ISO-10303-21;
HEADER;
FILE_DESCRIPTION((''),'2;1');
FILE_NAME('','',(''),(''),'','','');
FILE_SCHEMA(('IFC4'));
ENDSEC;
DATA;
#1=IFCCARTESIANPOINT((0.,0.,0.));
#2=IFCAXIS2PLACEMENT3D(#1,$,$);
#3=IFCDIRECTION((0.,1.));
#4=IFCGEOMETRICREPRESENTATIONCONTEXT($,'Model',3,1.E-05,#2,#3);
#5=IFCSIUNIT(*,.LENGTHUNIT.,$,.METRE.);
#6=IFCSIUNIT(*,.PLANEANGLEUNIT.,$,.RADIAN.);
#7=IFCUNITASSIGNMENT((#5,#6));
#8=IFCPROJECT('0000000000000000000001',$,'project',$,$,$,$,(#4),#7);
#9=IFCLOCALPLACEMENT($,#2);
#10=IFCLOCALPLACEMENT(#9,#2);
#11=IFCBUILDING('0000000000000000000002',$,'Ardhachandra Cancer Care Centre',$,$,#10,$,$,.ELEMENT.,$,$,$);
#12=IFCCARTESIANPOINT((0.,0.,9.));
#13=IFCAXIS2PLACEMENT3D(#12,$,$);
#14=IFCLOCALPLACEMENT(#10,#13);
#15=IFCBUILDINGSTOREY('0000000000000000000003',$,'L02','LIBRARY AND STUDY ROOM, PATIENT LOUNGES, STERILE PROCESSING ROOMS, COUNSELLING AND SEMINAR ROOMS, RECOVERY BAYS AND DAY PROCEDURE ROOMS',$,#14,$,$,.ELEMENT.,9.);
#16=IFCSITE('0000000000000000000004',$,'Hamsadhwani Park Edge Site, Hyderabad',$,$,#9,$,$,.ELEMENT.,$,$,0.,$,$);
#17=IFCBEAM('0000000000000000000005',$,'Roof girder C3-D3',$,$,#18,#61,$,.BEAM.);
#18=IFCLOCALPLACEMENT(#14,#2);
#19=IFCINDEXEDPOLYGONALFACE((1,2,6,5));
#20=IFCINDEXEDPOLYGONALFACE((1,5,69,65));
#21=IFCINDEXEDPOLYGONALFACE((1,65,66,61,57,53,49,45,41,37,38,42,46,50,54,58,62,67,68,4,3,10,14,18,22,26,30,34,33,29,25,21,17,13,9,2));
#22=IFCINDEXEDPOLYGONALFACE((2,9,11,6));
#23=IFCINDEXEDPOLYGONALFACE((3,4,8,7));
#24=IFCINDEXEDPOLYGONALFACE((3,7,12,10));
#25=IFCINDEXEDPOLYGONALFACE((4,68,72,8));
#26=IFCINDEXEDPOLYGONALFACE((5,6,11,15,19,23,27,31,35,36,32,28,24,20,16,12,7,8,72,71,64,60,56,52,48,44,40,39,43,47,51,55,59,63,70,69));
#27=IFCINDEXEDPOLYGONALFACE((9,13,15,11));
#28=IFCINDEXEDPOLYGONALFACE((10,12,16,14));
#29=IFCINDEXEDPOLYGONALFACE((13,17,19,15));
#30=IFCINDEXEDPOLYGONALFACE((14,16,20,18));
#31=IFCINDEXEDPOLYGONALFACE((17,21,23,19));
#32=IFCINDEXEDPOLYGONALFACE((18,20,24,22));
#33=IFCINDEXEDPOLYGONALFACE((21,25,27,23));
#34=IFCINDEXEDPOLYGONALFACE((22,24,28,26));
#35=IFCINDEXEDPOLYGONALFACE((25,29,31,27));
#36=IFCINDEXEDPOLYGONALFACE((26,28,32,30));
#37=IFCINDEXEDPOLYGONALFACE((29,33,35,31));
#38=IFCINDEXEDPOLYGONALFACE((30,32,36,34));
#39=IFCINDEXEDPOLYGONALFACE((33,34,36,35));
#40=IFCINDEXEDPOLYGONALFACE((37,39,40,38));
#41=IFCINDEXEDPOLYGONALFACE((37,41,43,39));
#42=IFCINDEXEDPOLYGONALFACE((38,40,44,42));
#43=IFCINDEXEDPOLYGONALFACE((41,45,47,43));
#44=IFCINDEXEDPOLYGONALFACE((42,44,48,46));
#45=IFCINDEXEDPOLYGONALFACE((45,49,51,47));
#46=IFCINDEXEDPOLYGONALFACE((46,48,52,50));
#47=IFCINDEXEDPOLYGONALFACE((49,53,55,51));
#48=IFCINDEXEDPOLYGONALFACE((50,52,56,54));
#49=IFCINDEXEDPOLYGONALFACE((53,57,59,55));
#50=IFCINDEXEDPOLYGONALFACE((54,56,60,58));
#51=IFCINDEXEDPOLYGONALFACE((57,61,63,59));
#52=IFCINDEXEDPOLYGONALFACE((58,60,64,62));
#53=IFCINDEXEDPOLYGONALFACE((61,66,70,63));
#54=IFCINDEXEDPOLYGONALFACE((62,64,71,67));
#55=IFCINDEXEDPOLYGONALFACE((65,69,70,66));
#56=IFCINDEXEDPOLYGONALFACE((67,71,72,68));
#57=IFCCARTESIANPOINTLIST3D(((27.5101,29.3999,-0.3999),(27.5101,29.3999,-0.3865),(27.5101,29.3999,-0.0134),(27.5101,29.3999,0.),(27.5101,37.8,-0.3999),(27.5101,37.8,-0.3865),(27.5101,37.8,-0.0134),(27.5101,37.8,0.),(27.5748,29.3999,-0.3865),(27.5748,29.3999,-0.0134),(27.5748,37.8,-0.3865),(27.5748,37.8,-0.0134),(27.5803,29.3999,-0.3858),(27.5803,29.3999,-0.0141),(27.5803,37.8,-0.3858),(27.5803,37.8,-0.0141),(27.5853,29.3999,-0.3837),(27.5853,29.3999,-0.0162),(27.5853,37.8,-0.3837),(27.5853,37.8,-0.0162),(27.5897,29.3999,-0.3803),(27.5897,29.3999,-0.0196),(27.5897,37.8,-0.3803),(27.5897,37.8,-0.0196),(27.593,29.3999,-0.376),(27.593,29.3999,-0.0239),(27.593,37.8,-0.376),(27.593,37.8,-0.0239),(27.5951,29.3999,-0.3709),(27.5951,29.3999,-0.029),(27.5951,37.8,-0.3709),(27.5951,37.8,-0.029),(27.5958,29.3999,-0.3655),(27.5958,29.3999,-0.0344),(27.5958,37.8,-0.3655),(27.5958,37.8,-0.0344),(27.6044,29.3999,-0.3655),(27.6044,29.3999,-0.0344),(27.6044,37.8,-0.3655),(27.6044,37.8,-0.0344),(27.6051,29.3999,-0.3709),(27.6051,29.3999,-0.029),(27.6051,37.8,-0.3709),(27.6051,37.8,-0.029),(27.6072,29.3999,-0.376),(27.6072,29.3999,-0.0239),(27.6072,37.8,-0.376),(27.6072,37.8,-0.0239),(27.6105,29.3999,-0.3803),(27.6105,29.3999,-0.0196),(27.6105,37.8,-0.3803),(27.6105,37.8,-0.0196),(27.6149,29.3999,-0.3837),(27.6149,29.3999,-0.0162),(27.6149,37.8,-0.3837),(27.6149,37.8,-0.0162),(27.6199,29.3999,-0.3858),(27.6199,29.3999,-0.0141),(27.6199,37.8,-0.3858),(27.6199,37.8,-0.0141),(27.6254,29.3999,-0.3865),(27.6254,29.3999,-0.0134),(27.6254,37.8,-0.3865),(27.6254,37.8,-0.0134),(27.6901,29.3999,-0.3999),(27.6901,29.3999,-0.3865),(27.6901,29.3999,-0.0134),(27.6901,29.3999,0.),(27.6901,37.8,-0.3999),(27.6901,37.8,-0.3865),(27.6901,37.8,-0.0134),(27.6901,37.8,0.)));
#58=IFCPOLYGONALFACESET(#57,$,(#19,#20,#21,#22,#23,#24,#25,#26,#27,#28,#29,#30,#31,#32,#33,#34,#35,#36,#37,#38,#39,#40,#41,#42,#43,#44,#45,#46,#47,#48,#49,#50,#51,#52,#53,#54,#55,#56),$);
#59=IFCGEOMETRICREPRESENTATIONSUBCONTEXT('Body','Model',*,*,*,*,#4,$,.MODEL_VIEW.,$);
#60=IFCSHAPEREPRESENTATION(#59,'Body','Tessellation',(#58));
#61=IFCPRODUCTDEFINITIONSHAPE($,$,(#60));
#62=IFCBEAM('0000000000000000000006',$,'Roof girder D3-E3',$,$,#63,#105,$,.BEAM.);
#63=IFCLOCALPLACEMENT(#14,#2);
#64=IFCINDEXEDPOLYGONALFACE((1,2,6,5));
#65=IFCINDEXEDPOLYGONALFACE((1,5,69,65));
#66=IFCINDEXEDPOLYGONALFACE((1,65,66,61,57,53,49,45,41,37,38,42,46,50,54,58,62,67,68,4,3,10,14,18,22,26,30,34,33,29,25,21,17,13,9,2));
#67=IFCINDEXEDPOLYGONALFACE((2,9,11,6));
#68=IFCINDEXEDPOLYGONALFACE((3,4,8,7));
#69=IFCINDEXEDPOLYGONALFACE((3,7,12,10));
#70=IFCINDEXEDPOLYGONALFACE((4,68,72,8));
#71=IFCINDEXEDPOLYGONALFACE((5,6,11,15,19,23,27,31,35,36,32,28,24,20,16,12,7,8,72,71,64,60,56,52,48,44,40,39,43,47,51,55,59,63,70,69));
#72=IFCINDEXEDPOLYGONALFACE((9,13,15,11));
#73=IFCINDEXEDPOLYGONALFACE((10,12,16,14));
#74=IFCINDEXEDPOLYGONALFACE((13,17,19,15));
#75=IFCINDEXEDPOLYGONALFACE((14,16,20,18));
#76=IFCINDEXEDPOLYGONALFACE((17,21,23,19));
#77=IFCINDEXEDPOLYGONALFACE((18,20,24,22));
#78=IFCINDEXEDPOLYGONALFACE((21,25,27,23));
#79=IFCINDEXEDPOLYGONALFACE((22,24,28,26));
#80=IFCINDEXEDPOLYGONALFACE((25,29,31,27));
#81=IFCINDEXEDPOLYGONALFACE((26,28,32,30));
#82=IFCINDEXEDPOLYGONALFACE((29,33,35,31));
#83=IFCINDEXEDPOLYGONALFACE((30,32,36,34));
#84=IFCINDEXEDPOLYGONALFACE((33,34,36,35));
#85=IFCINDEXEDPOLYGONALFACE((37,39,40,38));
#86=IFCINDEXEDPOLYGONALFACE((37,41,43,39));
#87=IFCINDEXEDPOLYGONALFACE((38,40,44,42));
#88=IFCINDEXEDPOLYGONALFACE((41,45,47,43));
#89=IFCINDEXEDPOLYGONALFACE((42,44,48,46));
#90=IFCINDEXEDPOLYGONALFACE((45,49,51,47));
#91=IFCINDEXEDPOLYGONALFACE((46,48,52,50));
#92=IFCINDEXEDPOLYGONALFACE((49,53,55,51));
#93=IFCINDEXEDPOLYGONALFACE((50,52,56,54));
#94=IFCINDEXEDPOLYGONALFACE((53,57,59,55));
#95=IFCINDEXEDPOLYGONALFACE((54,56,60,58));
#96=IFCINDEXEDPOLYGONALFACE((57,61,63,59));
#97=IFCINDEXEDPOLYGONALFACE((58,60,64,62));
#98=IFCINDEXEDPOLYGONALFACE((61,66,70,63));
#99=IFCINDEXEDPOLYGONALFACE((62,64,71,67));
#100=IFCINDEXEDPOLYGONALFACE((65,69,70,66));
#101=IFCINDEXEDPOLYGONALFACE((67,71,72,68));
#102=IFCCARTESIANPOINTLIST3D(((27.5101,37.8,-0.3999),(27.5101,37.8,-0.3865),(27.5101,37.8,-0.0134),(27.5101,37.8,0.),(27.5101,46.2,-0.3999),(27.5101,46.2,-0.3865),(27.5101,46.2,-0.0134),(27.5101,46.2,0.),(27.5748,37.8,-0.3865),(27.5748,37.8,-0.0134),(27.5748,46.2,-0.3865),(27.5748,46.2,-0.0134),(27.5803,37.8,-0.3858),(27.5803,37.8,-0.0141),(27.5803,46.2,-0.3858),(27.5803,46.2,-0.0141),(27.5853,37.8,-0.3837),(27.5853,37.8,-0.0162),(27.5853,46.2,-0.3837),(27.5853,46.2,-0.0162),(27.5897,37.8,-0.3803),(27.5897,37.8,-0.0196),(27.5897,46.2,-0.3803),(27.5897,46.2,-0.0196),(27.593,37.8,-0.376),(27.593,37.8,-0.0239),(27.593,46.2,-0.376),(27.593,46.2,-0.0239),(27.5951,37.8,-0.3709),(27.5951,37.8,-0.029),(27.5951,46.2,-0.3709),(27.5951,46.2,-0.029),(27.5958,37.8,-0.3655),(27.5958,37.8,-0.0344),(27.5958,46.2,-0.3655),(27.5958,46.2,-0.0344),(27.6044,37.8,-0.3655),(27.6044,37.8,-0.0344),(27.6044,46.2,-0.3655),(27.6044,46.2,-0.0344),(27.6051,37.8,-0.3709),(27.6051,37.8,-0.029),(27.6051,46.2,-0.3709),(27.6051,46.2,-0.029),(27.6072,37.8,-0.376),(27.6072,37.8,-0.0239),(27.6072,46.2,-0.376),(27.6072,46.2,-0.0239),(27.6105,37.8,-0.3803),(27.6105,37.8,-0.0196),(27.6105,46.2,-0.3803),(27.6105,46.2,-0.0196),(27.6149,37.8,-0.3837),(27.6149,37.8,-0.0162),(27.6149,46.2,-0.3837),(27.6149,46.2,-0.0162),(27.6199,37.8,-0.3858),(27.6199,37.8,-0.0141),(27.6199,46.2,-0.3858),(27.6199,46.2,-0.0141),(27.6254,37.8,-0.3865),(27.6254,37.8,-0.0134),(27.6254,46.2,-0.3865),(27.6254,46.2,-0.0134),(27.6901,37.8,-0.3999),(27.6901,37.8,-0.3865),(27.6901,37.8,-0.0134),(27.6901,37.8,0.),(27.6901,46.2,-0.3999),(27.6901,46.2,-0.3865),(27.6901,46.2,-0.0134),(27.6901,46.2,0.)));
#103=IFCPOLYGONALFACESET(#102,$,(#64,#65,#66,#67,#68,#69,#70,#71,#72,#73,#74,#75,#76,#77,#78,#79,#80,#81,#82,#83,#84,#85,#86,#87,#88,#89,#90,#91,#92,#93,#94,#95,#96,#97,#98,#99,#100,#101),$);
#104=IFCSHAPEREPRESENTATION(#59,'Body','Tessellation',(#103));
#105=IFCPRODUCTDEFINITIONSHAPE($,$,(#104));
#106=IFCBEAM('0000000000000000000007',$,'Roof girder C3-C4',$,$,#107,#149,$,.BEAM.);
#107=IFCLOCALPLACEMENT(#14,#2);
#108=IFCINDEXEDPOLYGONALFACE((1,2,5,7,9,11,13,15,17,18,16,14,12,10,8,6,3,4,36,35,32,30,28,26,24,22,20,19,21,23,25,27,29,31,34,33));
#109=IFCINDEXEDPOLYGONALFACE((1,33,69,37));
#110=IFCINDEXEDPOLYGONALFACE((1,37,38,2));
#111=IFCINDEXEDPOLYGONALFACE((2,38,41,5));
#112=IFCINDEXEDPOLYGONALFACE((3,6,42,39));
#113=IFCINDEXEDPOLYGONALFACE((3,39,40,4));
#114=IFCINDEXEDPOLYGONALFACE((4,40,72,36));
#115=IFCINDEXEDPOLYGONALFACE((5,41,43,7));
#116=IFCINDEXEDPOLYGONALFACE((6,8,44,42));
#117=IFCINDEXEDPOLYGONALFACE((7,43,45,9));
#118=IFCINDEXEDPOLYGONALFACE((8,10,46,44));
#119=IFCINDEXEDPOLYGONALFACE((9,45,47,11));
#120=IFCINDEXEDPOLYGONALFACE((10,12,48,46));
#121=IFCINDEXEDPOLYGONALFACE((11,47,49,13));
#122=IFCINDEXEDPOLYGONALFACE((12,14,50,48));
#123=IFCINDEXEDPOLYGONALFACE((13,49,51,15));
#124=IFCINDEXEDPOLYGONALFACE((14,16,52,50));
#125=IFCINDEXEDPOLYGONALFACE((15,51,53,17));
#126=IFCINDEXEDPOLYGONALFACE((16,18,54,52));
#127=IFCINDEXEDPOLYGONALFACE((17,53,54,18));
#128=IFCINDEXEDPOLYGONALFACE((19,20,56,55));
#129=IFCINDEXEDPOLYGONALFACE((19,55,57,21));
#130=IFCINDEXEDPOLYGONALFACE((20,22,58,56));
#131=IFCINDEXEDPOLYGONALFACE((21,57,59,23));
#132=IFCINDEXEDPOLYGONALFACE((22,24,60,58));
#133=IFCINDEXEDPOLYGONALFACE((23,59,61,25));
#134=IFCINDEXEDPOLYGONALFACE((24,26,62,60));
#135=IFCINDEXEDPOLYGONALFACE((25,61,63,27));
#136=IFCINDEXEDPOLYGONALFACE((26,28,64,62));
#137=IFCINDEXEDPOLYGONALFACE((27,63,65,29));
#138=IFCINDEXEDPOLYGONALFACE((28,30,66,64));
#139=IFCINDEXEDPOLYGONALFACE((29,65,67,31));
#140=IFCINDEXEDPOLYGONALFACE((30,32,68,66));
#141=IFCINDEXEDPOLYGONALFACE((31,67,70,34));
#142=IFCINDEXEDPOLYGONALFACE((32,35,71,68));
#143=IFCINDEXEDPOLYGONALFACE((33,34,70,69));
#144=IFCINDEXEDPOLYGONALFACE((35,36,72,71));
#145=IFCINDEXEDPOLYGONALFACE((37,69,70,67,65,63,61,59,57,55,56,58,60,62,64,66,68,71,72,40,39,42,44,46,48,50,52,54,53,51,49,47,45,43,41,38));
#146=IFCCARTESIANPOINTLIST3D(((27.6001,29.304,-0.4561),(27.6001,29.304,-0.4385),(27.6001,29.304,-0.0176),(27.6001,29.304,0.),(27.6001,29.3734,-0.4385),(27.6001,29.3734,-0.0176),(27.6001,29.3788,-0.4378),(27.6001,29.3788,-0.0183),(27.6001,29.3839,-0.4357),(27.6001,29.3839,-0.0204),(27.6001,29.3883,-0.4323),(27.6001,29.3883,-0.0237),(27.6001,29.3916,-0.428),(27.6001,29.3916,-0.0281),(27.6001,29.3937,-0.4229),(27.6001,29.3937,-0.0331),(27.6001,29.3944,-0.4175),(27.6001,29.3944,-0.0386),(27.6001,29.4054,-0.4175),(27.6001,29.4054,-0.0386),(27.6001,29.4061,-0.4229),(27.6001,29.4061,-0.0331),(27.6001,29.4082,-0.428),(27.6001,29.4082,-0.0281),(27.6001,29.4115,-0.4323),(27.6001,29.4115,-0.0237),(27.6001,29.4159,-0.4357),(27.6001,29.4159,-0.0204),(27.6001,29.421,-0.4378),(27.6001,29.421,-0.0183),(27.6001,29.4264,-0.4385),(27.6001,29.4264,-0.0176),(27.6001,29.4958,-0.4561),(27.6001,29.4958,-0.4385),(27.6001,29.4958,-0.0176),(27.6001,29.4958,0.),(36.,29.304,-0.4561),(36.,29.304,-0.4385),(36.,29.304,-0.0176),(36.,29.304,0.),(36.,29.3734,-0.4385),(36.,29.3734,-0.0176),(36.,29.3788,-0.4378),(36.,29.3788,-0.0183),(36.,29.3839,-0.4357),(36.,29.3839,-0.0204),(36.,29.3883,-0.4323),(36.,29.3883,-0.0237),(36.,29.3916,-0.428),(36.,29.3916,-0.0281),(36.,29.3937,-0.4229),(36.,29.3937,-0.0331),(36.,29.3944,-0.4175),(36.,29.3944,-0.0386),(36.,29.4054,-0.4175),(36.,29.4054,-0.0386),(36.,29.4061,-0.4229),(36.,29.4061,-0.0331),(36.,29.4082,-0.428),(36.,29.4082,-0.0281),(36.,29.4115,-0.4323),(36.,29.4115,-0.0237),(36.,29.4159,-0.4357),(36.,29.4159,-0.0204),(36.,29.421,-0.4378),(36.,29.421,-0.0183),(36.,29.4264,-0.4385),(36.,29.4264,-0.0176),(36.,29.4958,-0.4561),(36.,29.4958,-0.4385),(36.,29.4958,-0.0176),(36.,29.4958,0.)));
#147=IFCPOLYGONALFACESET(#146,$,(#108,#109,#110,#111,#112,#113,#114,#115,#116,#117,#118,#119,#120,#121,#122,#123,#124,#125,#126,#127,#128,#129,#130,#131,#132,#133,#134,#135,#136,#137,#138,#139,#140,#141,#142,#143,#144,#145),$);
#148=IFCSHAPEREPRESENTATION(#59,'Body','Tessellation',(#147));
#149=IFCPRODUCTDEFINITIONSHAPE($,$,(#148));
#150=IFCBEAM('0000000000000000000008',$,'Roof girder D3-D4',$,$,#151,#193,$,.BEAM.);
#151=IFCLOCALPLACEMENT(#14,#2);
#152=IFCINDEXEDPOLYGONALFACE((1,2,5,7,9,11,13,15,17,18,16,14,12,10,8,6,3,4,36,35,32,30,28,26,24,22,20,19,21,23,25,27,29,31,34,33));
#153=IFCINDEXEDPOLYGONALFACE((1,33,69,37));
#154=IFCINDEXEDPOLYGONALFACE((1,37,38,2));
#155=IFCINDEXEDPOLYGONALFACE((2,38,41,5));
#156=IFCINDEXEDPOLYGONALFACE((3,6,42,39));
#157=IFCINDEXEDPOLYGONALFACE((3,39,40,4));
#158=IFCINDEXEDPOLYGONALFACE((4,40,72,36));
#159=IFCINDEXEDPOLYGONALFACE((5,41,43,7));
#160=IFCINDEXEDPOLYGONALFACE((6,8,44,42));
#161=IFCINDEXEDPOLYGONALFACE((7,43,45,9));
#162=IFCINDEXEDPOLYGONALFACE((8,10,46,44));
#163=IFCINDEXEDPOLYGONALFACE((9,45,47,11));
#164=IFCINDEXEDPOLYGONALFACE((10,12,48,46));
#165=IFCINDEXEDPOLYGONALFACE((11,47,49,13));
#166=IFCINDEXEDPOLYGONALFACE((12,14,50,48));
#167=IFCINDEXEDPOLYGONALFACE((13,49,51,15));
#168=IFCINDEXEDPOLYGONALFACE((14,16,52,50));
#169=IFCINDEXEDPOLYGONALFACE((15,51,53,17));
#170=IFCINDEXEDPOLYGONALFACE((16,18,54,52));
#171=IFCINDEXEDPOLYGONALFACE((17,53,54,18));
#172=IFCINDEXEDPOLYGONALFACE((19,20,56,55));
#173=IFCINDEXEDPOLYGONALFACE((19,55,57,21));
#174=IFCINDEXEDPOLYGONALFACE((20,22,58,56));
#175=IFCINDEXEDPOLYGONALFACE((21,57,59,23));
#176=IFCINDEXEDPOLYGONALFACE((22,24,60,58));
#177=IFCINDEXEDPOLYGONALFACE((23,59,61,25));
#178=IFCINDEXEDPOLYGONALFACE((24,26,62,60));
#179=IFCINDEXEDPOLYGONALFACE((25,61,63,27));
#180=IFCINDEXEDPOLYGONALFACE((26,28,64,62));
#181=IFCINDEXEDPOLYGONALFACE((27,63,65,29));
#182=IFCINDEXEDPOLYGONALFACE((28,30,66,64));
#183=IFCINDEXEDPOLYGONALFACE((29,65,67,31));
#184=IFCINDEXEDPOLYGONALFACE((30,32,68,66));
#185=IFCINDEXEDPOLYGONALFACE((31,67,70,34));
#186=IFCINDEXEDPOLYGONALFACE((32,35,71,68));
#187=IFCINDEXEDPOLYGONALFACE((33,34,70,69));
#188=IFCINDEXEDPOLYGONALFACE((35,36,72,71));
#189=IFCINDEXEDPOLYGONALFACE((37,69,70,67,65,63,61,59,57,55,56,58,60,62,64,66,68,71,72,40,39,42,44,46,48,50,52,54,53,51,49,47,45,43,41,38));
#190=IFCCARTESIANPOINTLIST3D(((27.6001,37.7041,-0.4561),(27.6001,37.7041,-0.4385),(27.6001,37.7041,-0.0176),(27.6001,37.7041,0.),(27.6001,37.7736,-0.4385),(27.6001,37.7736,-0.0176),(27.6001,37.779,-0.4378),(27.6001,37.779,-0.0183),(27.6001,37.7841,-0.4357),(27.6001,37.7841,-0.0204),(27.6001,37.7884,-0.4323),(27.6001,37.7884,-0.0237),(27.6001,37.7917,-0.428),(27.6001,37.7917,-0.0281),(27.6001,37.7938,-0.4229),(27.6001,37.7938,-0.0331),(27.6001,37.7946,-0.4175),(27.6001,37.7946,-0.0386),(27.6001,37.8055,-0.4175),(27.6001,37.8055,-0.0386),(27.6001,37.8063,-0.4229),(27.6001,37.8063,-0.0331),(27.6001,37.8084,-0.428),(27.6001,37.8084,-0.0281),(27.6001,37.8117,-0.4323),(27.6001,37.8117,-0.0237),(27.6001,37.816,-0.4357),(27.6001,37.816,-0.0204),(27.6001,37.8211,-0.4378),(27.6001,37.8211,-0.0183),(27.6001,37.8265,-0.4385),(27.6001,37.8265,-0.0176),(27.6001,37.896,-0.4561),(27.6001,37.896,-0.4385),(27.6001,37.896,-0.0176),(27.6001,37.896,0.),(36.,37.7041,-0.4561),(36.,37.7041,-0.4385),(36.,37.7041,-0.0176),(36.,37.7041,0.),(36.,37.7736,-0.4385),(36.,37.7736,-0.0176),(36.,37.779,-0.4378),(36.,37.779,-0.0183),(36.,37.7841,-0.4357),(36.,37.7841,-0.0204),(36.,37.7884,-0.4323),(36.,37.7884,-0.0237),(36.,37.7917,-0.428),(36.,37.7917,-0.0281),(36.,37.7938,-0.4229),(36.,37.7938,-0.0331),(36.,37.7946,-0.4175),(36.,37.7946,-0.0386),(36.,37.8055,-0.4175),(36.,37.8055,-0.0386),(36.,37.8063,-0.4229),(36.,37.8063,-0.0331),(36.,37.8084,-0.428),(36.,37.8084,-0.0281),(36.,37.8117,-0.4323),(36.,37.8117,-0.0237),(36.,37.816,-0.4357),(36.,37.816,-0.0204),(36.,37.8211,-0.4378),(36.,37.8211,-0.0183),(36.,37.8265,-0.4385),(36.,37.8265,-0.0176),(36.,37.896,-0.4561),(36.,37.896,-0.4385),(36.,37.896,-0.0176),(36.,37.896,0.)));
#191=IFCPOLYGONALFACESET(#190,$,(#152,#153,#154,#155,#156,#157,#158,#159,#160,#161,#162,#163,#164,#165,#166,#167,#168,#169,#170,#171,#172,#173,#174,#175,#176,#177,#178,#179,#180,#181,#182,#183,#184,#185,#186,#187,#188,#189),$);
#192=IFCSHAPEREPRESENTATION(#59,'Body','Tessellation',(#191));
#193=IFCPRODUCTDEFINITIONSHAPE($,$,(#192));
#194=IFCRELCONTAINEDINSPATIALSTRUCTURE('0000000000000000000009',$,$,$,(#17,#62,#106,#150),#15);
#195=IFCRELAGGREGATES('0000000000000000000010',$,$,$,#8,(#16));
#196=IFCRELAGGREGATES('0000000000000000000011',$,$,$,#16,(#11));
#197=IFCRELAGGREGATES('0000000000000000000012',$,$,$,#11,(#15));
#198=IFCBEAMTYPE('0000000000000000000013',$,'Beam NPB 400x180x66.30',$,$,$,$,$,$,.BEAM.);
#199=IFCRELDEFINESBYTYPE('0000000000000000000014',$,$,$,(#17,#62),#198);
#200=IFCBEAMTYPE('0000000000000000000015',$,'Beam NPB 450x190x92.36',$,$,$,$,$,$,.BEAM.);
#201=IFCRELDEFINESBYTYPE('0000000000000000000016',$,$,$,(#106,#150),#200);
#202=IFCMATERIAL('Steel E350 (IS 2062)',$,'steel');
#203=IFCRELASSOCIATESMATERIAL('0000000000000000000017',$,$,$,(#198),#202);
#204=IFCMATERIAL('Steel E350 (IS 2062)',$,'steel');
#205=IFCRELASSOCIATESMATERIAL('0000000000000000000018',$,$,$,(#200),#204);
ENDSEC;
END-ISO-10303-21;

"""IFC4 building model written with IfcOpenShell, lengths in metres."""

from ifc_helpers import new_model, si_unit, direction, frame, origin, origin_2d, place, context, subcontext, project, spatial, i_section, extrude, material, material_profile, profile_set, type_object, element, save


model = new_model("IFC4")

# Units and contexts
model_context = context("Model", 3, precision=1e-05, world=origin(), true_north=direction((0.0, 1.0)))
body_context = subcontext(model_context, "Body", "Model", "MODEL_VIEW")
ifc_project = project(units=[si_unit("LENGTHUNIT", "METRE"), si_unit("PLANEANGLEUNIT", "RADIAN")], contexts=[model_context])

# Site, building, storey
site_placement = place(None, origin())
site = spatial("IfcSite", under=ifc_project, at=site_placement, Name="Hamsadhwani Park Edge Site, Hyderabad", CompositionType="ELEMENT", RefElevation=0.0)
building_placement = place(site_placement, origin())
building = spatial("IfcBuilding", under=site, at=building_placement, Name="Ardhachandra Cancer Care Centre", CompositionType="ELEMENT")
storey_placement = place(building_placement, frame((0.0, 0.0, 9.0)))
storey = spatial("IfcBuildingStorey", under=building, at=storey_placement, Name="L02", Description="LIBRARY AND STUDY ROOM, PATIENT LOUNGES, STERILE PROCESSING ROOMS, COUNSELLING AND SEMINAR ROOMS, RECOVERY BAYS AND DAY PROCEDURE ROOMS", CompositionType="ELEMENT", Elevation=9.0)

# Beams
ifc_material_1 = material(Name="Steel E350 (IS 2062)", Category="steel")
ifc_material_profile_1 = material_profile(ifc_material_1, i_section(OverallWidth=0.1799, OverallDepth=0.3999, WebThickness=0.0085, FlangeThickness=0.0134, FilletRadius=0.021, at=origin_2d()), Name="NPB 400x180x66.30")
ifc_profile_set_1 = profile_set([ifc_material_profile_1], Name="Steel E350 (IS 2062)")
beam_type_1 = type_object("IfcBeamType", Name="Beam NPB 400x180x66.30", PredefinedType="BEAM", material=ifc_profile_set_1)
beam_1_placement = place(storey_placement, frame((27.6001, 29.3999, -0.2), z_axis=(0.0, 1.0, 0.0), x_axis=(-1.0, 0.0, 0.0)))
element("IfcBeam", 1, at=beam_1_placement, inside=storey, type_object=beam_type_1, Name="Roof girder C3-D3", PredefinedType="BEAM", context=body_context, shape_type="SweptSolid", body=[
    extrude(i_section(OverallWidth=0.1799, OverallDepth=0.3999, WebThickness=0.0085, FlangeThickness=0.0134, FilletRadius=0.021, at=origin_2d()), origin(), (0.0, 0.0, 1.0), 8.4001),
])
beam_2_placement = place(storey_placement, frame((27.6001, 37.8, -0.2), z_axis=(0.0, 1.0, 0.0), x_axis=(-1.0, 0.0, 0.0)))
element("IfcBeam", 2, at=beam_2_placement, inside=storey, type_object=beam_type_1, Name="Roof girder D3-E3", PredefinedType="BEAM", context=body_context, shape_type="SweptSolid", body=[
    extrude(i_section(OverallWidth=0.1799, OverallDepth=0.3999, WebThickness=0.0085, FlangeThickness=0.0134, FilletRadius=0.021, at=origin_2d()), origin(), (0.0, 0.0, 1.0), 8.3999),
])
ifc_material_2 = material(Name="Steel E350 (IS 2062)", Category="steel")
ifc_material_profile_2 = material_profile(ifc_material_2, i_section(OverallWidth=0.1919, OverallDepth=0.4561, WebThickness=0.011, FlangeThickness=0.0176, FilletRadius=0.021, at=origin_2d()), Name="NPB 450x190x92.36")
ifc_profile_set_2 = profile_set([ifc_material_profile_2], Name="Steel E350 (IS 2062)")
beam_type_2 = type_object("IfcBeamType", Name="Beam NPB 450x190x92.36", PredefinedType="BEAM", material=ifc_profile_set_2)
for number, where, z_axis, x_axis, name in (
    (3, (27.6001, 29.3999, -0.228), (1.0, 0.0, 0.0), (0.0, 1.0, 0.0), "Roof girder C3-C4"),
    (4, (27.6001, 37.8, -0.228), (1.0, 0.0, 0.0), (0.0, 1.0, 0.0), "Roof girder D3-D4"),
):
    element("IfcBeam", number, at=place(storey_placement, frame(where, z_axis=z_axis, x_axis=x_axis)), inside=storey, type_object=beam_type_2, Name=name, PredefinedType="BEAM", context=body_context, shape_type="SweptSolid", body=[
        extrude(i_section(OverallWidth=0.1919, OverallDepth=0.4561, WebThickness=0.011, FlangeThickness=0.0176, FilletRadius=0.021, at=origin_2d()), origin(), (0.0, 0.0, 1.0), 8.3999),
    ])

save(model, "model.ifc")
